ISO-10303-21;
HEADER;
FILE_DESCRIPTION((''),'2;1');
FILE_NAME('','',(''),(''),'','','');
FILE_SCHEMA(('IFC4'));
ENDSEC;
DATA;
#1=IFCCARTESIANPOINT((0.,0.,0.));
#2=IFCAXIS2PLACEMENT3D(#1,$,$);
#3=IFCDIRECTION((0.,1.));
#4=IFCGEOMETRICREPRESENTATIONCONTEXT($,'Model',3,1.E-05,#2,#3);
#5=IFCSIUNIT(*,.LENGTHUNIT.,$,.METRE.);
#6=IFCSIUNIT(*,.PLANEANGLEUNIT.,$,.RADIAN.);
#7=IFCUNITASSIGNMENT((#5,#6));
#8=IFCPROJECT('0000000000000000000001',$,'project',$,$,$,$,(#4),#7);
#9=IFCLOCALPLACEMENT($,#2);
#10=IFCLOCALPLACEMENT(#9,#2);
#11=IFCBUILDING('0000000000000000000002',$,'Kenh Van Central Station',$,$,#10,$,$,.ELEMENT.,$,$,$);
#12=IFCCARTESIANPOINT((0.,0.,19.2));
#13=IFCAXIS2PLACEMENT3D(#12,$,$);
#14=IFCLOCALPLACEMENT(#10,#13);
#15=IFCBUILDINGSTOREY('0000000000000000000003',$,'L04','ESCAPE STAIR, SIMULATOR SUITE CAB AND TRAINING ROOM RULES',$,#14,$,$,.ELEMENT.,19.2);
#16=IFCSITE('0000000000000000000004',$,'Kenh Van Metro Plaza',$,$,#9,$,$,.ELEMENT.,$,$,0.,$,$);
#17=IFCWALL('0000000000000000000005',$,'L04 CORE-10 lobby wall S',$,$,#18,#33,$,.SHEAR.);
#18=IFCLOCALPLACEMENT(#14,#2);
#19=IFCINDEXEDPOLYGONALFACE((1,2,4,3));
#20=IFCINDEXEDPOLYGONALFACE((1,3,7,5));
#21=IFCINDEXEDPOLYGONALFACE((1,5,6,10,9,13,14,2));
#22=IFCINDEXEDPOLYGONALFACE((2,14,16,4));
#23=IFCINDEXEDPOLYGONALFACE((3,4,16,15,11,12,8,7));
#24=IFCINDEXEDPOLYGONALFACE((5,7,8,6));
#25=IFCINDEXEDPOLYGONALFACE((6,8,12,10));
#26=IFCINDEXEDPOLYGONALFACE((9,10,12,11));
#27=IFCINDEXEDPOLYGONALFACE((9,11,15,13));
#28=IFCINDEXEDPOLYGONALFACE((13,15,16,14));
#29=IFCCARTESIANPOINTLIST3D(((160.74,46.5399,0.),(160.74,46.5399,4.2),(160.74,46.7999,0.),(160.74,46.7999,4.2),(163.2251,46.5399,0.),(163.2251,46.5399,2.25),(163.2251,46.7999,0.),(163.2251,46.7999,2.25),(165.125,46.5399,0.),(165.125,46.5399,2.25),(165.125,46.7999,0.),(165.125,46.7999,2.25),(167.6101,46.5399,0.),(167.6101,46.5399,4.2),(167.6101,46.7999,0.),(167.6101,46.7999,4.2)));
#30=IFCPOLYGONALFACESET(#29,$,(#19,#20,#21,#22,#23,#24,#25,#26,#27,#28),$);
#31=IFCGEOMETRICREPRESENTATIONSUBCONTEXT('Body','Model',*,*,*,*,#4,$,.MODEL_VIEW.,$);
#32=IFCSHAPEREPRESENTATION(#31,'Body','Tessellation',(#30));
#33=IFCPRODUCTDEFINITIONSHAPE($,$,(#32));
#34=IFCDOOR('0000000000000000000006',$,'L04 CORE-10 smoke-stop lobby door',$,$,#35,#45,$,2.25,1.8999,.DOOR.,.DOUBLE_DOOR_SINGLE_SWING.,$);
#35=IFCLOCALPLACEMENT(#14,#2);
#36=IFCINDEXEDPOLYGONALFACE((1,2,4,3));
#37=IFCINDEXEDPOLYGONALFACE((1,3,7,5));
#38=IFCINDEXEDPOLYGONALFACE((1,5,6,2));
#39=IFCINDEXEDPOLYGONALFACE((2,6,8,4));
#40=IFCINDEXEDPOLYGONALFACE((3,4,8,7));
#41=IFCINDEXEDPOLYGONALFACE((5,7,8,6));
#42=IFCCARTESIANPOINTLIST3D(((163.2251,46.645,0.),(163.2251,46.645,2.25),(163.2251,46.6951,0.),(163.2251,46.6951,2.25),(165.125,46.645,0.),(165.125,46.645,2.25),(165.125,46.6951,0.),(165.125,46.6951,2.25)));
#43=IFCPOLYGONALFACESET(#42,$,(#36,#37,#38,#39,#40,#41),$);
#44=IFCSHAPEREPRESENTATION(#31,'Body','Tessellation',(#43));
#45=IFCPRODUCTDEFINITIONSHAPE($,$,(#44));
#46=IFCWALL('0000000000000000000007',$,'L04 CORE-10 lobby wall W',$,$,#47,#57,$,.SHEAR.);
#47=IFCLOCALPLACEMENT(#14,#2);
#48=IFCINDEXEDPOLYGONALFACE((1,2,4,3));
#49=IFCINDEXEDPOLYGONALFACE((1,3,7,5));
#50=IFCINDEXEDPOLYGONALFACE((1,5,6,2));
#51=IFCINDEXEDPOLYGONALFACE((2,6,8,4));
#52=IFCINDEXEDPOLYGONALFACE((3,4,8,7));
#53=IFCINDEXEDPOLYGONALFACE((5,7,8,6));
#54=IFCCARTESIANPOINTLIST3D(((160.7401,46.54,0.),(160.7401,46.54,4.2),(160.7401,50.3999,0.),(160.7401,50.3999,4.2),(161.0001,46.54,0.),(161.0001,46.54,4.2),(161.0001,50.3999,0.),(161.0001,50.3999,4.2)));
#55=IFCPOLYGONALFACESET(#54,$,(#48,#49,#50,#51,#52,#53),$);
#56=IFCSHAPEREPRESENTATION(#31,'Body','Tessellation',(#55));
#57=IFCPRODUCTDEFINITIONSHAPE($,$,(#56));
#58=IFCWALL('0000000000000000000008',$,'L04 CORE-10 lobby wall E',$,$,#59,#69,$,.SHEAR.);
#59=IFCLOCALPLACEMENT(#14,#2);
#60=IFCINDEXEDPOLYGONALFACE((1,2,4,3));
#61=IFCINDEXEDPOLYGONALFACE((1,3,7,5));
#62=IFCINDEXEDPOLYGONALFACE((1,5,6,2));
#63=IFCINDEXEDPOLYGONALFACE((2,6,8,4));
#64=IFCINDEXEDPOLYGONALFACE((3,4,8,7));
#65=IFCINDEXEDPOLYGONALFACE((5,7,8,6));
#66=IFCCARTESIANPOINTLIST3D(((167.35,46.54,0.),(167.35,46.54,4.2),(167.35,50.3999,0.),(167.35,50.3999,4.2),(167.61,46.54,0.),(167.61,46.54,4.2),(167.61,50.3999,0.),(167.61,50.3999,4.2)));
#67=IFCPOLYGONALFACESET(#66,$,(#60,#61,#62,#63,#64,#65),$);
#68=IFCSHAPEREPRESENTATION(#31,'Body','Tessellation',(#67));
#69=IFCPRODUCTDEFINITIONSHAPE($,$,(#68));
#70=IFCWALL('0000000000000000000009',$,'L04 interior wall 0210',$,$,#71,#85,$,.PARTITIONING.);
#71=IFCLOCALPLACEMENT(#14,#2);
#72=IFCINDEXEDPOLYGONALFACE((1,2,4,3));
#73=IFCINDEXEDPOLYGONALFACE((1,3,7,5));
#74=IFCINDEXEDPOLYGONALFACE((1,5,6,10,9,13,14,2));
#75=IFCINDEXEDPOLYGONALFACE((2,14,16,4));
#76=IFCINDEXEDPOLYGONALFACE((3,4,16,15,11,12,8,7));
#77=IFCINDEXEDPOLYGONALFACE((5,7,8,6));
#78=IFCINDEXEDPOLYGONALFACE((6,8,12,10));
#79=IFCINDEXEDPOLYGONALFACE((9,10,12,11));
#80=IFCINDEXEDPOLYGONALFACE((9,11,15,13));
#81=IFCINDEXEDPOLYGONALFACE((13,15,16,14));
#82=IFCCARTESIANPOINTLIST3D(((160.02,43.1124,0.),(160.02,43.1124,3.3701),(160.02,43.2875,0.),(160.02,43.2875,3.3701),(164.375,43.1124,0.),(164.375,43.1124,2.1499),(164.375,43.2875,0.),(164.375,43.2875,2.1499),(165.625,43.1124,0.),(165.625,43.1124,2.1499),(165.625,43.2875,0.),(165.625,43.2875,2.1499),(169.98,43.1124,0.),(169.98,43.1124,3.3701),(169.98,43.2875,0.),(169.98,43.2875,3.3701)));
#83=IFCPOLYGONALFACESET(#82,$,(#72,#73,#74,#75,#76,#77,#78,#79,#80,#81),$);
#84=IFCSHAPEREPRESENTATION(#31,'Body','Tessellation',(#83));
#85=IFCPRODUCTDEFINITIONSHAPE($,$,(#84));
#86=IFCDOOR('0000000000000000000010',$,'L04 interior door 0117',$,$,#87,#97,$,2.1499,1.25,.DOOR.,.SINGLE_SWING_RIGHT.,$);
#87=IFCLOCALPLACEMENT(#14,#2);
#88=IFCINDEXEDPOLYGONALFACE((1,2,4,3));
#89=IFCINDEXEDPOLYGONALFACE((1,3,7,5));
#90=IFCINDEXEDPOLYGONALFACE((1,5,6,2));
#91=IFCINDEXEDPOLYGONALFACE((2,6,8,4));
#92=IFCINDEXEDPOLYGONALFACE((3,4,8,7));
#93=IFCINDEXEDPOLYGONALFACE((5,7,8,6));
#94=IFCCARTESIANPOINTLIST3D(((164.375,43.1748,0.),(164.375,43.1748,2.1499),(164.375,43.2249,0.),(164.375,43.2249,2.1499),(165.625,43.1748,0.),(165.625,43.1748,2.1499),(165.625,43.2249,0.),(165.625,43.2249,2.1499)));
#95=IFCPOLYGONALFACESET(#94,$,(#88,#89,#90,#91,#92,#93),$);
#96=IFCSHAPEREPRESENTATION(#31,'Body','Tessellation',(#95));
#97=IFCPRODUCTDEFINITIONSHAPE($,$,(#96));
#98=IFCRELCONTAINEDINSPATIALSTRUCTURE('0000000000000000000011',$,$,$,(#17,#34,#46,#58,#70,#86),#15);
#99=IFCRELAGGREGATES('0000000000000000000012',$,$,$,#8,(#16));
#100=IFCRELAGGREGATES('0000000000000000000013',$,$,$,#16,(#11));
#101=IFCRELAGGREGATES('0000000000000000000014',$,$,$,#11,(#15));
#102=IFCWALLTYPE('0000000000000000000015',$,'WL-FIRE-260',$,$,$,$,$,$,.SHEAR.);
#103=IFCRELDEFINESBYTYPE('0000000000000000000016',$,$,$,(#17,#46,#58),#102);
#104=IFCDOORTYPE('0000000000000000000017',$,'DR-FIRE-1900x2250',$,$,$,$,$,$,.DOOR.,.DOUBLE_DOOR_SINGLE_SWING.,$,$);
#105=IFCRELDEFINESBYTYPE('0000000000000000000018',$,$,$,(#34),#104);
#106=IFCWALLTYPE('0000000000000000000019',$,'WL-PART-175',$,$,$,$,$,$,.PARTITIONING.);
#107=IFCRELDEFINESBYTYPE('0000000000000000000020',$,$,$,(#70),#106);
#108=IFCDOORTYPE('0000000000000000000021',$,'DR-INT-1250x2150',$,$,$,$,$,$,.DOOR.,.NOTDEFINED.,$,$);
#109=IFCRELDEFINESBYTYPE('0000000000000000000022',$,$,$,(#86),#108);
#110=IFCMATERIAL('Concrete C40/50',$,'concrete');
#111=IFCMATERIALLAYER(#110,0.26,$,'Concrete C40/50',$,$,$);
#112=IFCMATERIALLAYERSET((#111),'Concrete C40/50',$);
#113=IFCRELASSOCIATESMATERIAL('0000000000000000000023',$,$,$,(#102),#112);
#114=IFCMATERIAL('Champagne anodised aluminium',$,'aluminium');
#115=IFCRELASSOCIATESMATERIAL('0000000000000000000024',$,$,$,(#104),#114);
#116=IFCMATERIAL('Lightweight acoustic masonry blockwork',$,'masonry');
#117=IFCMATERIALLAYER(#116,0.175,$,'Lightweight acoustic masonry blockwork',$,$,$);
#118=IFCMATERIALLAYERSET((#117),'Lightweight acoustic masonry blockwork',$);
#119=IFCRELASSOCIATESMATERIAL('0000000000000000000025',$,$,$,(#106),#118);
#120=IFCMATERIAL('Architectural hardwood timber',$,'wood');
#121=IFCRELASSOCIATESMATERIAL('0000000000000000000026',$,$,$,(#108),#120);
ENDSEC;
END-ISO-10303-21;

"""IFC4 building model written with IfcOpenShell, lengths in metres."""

from ifc_helpers import new_model, si_unit, direction, frame, frame_2d, origin, place, context, subcontext, project, spatial, rectangle, extrude, material, layer, layer_set, type_object, element, fill, save


model = new_model("IFC4")

# Units and contexts
model_context = context("Model", 3, precision=1e-05, world=origin(), true_north=direction((0.0, 1.0)))
body_context = subcontext(model_context, "Body", "Model", "MODEL_VIEW")
ifc_project = project(units=[si_unit("LENGTHUNIT", "METRE"), si_unit("PLANEANGLEUNIT", "RADIAN")], contexts=[model_context])

# Site, building, storey
site_placement = place(None, origin())
site = spatial("IfcSite", under=ifc_project, at=site_placement, Name="Kenh Van Metro Plaza", CompositionType="ELEMENT", RefElevation=0.0)
building_placement = place(site_placement, origin())
building = spatial("IfcBuilding", under=site, at=building_placement, Name="Kenh Van Central Station", CompositionType="ELEMENT")
storey_placement = place(building_placement, frame((0.0, 0.0, 19.2)))
storey = spatial("IfcBuildingStorey", under=building, at=storey_placement, Name="L04", Description="ESCAPE STAIR, SIMULATOR SUITE CAB AND TRAINING ROOM RULES", CompositionType="ELEMENT", Elevation=19.2)

# Shared definitions
ifc_material_1 = material(Name="Concrete C40/50", Category="concrete")
ifc_material_2 = material(Name="Champagne anodised aluminium", Category="aluminium")

# Wall, opening, door
ifc_layer_1 = layer(ifc_material_1, 0.26, Name="Concrete C40/50")
ifc_layer_set_1 = layer_set([ifc_layer_1], Name="Concrete C40/50")
wall_type_1 = type_object("IfcWallType", Name="WL-FIRE-260", PredefinedType="SHEAR", material=ifc_layer_set_1)
wall_1_placement = place(storey_placement, frame((167.6101, 46.6699, 0.0), z_axis=(0.0, 0.0, 1.0), x_axis=(-1.0, 0.0, 0.0)))
wall_1 = element("IfcWall", 1, at=wall_1_placement, inside=storey, type_object=wall_type_1, Name="L04 CORE-10 lobby wall S", PredefinedType="SHEAR", context=body_context, shape_type="SweptSolid", body=[
    extrude(rectangle(XDim=6.8701, YDim=0.26, at=frame_2d((3.4351, 0.0))), origin(), (0.0, 0.0, 1.0), 4.2),
])
opening_1_placement = place(wall_1_placement, frame((2.4851, 0.0, 0.0)))
opening_1 = element("IfcOpeningElement", 2, at=opening_1_placement, cuts=wall_1, PredefinedType="OPENING", context=body_context, shape_type="SweptSolid", body=[
    extrude(rectangle(XDim=1.8999, YDim=2.25, at=frame_2d((0.95, 1.125))), frame((0.0, 0.1399, 0.0), z_axis=(0.0, -1.0, 0.0), x_axis=(1.0, 0.0, 0.0)), (0.0, 0.0, 1.0), 0.28),
])
door_type_1 = type_object("IfcDoorType", Name="DR-FIRE-1900x2250", OperationType="DOUBLE_DOOR_SINGLE_SWING", PredefinedType="DOOR", material=ifc_material_2)
door_1_placement = place(opening_1_placement, origin())
door_1 = element("IfcDoor", 3, at=door_1_placement, inside=storey, type_object=door_type_1, Name="L04 CORE-10 smoke-stop lobby door", OperationType="DOUBLE_DOOR_SINGLE_SWING", OverallHeight=2.25, OverallWidth=1.8999, PredefinedType="DOOR", context=body_context, shape_type="SweptSolid", body=[
    extrude(rectangle(XDim=1.8999, YDim=2.25, at=frame_2d((0.95, 1.125))), frame((0.0, 0.0249, 0.0), z_axis=(0.0, -1.0, 0.0), x_axis=(1.0, 0.0, 0.0)), (0.0, 0.0, 1.0), 0.05),
])
fill(opening_1, door_1)

# Walls
for number, where, z_axis, x_axis, name in (
    (4, (160.8701, 46.54, 0.0), (0.0, 0.0, 1.0), (0.0, 1.0, 0.0), "L04 CORE-10 lobby wall W"),
    (5, (167.48, 46.54, 0.0), (0.0, 0.0, 1.0), (0.0, 1.0, 0.0), "L04 CORE-10 lobby wall E"),
):
    element("IfcWall", number, at=place(storey_placement, frame(where, z_axis=z_axis, x_axis=x_axis)), inside=storey, type_object=wall_type_1, Name=name, PredefinedType="SHEAR", context=body_context, shape_type="SweptSolid", body=[
        extrude(rectangle(XDim=3.8599, YDim=0.26, at=frame_2d((1.9299, 0.0))), origin(), (0.0, 0.0, 1.0), 4.2),
    ])

# Wall, opening, door
ifc_material_3 = material(Name="Lightweight acoustic masonry blockwork", Category="masonry")
ifc_layer_2 = layer(ifc_material_3, 0.175, Name="Lightweight acoustic masonry blockwork")
ifc_layer_set_2 = layer_set([ifc_layer_2], Name="Lightweight acoustic masonry blockwork")
wall_type_2 = type_object("IfcWallType", Name="WL-PART-175", PredefinedType="PARTITIONING", material=ifc_layer_set_2)
wall_2_placement = place(storey_placement, frame((160.02, 43.2, 0.0), z_axis=(0.0, 0.0, 1.0), x_axis=(1.0, 0.0, 0.0)))
wall_2 = element("IfcWall", 6, at=wall_2_placement, inside=storey, type_object=wall_type_2, Name="L04 interior wall 0210", PredefinedType="PARTITIONING", context=body_context, shape_type="SweptSolid", body=[
    extrude(rectangle(XDim=9.96, YDim=0.175, at=frame_2d((4.98, 0.0))), origin(), (0.0, 0.0, 1.0), 3.3701),
])
opening_2_placement = place(wall_2_placement, frame((4.355, 0.0, 0.0)))
opening_2 = element("IfcOpeningElement", 7, at=opening_2_placement, cuts=wall_2, PredefinedType="OPENING", context=body_context, shape_type="SweptSolid", body=[
    extrude(rectangle(XDim=1.25, YDim=2.1499, at=frame_2d((0.625, 1.075))), frame((0.0, 0.0974, 0.0), z_axis=(0.0, -1.0, 0.0), x_axis=(1.0, 0.0, 0.0)), (0.0, 0.0, 1.0), 0.1951),
])
ifc_material_4 = material(Name="Architectural hardwood timber", Category="wood")
door_type_2 = type_object("IfcDoorType", Name="DR-INT-1250x2150", OperationType="NOTDEFINED", PredefinedType="DOOR", material=ifc_material_4)
door_2_placement = place(opening_2_placement, origin())
door_2 = element("IfcDoor", 8, at=door_2_placement, inside=storey, type_object=door_type_2, Name="L04 interior door 0117", OperationType="SINGLE_SWING_RIGHT", OverallHeight=2.1499, OverallWidth=1.25, PredefinedType="DOOR", context=body_context, shape_type="SweptSolid", body=[
    extrude(rectangle(XDim=1.25, YDim=2.1499, at=frame_2d((0.625, 1.075))), frame((0.0, 0.0249, 0.0), z_axis=(0.0, -1.0, 0.0), x_axis=(1.0, 0.0, 0.0)), (0.0, 0.0, 1.0), 0.05),
])
fill(opening_2, door_2)

save(model, "model.ifc")
